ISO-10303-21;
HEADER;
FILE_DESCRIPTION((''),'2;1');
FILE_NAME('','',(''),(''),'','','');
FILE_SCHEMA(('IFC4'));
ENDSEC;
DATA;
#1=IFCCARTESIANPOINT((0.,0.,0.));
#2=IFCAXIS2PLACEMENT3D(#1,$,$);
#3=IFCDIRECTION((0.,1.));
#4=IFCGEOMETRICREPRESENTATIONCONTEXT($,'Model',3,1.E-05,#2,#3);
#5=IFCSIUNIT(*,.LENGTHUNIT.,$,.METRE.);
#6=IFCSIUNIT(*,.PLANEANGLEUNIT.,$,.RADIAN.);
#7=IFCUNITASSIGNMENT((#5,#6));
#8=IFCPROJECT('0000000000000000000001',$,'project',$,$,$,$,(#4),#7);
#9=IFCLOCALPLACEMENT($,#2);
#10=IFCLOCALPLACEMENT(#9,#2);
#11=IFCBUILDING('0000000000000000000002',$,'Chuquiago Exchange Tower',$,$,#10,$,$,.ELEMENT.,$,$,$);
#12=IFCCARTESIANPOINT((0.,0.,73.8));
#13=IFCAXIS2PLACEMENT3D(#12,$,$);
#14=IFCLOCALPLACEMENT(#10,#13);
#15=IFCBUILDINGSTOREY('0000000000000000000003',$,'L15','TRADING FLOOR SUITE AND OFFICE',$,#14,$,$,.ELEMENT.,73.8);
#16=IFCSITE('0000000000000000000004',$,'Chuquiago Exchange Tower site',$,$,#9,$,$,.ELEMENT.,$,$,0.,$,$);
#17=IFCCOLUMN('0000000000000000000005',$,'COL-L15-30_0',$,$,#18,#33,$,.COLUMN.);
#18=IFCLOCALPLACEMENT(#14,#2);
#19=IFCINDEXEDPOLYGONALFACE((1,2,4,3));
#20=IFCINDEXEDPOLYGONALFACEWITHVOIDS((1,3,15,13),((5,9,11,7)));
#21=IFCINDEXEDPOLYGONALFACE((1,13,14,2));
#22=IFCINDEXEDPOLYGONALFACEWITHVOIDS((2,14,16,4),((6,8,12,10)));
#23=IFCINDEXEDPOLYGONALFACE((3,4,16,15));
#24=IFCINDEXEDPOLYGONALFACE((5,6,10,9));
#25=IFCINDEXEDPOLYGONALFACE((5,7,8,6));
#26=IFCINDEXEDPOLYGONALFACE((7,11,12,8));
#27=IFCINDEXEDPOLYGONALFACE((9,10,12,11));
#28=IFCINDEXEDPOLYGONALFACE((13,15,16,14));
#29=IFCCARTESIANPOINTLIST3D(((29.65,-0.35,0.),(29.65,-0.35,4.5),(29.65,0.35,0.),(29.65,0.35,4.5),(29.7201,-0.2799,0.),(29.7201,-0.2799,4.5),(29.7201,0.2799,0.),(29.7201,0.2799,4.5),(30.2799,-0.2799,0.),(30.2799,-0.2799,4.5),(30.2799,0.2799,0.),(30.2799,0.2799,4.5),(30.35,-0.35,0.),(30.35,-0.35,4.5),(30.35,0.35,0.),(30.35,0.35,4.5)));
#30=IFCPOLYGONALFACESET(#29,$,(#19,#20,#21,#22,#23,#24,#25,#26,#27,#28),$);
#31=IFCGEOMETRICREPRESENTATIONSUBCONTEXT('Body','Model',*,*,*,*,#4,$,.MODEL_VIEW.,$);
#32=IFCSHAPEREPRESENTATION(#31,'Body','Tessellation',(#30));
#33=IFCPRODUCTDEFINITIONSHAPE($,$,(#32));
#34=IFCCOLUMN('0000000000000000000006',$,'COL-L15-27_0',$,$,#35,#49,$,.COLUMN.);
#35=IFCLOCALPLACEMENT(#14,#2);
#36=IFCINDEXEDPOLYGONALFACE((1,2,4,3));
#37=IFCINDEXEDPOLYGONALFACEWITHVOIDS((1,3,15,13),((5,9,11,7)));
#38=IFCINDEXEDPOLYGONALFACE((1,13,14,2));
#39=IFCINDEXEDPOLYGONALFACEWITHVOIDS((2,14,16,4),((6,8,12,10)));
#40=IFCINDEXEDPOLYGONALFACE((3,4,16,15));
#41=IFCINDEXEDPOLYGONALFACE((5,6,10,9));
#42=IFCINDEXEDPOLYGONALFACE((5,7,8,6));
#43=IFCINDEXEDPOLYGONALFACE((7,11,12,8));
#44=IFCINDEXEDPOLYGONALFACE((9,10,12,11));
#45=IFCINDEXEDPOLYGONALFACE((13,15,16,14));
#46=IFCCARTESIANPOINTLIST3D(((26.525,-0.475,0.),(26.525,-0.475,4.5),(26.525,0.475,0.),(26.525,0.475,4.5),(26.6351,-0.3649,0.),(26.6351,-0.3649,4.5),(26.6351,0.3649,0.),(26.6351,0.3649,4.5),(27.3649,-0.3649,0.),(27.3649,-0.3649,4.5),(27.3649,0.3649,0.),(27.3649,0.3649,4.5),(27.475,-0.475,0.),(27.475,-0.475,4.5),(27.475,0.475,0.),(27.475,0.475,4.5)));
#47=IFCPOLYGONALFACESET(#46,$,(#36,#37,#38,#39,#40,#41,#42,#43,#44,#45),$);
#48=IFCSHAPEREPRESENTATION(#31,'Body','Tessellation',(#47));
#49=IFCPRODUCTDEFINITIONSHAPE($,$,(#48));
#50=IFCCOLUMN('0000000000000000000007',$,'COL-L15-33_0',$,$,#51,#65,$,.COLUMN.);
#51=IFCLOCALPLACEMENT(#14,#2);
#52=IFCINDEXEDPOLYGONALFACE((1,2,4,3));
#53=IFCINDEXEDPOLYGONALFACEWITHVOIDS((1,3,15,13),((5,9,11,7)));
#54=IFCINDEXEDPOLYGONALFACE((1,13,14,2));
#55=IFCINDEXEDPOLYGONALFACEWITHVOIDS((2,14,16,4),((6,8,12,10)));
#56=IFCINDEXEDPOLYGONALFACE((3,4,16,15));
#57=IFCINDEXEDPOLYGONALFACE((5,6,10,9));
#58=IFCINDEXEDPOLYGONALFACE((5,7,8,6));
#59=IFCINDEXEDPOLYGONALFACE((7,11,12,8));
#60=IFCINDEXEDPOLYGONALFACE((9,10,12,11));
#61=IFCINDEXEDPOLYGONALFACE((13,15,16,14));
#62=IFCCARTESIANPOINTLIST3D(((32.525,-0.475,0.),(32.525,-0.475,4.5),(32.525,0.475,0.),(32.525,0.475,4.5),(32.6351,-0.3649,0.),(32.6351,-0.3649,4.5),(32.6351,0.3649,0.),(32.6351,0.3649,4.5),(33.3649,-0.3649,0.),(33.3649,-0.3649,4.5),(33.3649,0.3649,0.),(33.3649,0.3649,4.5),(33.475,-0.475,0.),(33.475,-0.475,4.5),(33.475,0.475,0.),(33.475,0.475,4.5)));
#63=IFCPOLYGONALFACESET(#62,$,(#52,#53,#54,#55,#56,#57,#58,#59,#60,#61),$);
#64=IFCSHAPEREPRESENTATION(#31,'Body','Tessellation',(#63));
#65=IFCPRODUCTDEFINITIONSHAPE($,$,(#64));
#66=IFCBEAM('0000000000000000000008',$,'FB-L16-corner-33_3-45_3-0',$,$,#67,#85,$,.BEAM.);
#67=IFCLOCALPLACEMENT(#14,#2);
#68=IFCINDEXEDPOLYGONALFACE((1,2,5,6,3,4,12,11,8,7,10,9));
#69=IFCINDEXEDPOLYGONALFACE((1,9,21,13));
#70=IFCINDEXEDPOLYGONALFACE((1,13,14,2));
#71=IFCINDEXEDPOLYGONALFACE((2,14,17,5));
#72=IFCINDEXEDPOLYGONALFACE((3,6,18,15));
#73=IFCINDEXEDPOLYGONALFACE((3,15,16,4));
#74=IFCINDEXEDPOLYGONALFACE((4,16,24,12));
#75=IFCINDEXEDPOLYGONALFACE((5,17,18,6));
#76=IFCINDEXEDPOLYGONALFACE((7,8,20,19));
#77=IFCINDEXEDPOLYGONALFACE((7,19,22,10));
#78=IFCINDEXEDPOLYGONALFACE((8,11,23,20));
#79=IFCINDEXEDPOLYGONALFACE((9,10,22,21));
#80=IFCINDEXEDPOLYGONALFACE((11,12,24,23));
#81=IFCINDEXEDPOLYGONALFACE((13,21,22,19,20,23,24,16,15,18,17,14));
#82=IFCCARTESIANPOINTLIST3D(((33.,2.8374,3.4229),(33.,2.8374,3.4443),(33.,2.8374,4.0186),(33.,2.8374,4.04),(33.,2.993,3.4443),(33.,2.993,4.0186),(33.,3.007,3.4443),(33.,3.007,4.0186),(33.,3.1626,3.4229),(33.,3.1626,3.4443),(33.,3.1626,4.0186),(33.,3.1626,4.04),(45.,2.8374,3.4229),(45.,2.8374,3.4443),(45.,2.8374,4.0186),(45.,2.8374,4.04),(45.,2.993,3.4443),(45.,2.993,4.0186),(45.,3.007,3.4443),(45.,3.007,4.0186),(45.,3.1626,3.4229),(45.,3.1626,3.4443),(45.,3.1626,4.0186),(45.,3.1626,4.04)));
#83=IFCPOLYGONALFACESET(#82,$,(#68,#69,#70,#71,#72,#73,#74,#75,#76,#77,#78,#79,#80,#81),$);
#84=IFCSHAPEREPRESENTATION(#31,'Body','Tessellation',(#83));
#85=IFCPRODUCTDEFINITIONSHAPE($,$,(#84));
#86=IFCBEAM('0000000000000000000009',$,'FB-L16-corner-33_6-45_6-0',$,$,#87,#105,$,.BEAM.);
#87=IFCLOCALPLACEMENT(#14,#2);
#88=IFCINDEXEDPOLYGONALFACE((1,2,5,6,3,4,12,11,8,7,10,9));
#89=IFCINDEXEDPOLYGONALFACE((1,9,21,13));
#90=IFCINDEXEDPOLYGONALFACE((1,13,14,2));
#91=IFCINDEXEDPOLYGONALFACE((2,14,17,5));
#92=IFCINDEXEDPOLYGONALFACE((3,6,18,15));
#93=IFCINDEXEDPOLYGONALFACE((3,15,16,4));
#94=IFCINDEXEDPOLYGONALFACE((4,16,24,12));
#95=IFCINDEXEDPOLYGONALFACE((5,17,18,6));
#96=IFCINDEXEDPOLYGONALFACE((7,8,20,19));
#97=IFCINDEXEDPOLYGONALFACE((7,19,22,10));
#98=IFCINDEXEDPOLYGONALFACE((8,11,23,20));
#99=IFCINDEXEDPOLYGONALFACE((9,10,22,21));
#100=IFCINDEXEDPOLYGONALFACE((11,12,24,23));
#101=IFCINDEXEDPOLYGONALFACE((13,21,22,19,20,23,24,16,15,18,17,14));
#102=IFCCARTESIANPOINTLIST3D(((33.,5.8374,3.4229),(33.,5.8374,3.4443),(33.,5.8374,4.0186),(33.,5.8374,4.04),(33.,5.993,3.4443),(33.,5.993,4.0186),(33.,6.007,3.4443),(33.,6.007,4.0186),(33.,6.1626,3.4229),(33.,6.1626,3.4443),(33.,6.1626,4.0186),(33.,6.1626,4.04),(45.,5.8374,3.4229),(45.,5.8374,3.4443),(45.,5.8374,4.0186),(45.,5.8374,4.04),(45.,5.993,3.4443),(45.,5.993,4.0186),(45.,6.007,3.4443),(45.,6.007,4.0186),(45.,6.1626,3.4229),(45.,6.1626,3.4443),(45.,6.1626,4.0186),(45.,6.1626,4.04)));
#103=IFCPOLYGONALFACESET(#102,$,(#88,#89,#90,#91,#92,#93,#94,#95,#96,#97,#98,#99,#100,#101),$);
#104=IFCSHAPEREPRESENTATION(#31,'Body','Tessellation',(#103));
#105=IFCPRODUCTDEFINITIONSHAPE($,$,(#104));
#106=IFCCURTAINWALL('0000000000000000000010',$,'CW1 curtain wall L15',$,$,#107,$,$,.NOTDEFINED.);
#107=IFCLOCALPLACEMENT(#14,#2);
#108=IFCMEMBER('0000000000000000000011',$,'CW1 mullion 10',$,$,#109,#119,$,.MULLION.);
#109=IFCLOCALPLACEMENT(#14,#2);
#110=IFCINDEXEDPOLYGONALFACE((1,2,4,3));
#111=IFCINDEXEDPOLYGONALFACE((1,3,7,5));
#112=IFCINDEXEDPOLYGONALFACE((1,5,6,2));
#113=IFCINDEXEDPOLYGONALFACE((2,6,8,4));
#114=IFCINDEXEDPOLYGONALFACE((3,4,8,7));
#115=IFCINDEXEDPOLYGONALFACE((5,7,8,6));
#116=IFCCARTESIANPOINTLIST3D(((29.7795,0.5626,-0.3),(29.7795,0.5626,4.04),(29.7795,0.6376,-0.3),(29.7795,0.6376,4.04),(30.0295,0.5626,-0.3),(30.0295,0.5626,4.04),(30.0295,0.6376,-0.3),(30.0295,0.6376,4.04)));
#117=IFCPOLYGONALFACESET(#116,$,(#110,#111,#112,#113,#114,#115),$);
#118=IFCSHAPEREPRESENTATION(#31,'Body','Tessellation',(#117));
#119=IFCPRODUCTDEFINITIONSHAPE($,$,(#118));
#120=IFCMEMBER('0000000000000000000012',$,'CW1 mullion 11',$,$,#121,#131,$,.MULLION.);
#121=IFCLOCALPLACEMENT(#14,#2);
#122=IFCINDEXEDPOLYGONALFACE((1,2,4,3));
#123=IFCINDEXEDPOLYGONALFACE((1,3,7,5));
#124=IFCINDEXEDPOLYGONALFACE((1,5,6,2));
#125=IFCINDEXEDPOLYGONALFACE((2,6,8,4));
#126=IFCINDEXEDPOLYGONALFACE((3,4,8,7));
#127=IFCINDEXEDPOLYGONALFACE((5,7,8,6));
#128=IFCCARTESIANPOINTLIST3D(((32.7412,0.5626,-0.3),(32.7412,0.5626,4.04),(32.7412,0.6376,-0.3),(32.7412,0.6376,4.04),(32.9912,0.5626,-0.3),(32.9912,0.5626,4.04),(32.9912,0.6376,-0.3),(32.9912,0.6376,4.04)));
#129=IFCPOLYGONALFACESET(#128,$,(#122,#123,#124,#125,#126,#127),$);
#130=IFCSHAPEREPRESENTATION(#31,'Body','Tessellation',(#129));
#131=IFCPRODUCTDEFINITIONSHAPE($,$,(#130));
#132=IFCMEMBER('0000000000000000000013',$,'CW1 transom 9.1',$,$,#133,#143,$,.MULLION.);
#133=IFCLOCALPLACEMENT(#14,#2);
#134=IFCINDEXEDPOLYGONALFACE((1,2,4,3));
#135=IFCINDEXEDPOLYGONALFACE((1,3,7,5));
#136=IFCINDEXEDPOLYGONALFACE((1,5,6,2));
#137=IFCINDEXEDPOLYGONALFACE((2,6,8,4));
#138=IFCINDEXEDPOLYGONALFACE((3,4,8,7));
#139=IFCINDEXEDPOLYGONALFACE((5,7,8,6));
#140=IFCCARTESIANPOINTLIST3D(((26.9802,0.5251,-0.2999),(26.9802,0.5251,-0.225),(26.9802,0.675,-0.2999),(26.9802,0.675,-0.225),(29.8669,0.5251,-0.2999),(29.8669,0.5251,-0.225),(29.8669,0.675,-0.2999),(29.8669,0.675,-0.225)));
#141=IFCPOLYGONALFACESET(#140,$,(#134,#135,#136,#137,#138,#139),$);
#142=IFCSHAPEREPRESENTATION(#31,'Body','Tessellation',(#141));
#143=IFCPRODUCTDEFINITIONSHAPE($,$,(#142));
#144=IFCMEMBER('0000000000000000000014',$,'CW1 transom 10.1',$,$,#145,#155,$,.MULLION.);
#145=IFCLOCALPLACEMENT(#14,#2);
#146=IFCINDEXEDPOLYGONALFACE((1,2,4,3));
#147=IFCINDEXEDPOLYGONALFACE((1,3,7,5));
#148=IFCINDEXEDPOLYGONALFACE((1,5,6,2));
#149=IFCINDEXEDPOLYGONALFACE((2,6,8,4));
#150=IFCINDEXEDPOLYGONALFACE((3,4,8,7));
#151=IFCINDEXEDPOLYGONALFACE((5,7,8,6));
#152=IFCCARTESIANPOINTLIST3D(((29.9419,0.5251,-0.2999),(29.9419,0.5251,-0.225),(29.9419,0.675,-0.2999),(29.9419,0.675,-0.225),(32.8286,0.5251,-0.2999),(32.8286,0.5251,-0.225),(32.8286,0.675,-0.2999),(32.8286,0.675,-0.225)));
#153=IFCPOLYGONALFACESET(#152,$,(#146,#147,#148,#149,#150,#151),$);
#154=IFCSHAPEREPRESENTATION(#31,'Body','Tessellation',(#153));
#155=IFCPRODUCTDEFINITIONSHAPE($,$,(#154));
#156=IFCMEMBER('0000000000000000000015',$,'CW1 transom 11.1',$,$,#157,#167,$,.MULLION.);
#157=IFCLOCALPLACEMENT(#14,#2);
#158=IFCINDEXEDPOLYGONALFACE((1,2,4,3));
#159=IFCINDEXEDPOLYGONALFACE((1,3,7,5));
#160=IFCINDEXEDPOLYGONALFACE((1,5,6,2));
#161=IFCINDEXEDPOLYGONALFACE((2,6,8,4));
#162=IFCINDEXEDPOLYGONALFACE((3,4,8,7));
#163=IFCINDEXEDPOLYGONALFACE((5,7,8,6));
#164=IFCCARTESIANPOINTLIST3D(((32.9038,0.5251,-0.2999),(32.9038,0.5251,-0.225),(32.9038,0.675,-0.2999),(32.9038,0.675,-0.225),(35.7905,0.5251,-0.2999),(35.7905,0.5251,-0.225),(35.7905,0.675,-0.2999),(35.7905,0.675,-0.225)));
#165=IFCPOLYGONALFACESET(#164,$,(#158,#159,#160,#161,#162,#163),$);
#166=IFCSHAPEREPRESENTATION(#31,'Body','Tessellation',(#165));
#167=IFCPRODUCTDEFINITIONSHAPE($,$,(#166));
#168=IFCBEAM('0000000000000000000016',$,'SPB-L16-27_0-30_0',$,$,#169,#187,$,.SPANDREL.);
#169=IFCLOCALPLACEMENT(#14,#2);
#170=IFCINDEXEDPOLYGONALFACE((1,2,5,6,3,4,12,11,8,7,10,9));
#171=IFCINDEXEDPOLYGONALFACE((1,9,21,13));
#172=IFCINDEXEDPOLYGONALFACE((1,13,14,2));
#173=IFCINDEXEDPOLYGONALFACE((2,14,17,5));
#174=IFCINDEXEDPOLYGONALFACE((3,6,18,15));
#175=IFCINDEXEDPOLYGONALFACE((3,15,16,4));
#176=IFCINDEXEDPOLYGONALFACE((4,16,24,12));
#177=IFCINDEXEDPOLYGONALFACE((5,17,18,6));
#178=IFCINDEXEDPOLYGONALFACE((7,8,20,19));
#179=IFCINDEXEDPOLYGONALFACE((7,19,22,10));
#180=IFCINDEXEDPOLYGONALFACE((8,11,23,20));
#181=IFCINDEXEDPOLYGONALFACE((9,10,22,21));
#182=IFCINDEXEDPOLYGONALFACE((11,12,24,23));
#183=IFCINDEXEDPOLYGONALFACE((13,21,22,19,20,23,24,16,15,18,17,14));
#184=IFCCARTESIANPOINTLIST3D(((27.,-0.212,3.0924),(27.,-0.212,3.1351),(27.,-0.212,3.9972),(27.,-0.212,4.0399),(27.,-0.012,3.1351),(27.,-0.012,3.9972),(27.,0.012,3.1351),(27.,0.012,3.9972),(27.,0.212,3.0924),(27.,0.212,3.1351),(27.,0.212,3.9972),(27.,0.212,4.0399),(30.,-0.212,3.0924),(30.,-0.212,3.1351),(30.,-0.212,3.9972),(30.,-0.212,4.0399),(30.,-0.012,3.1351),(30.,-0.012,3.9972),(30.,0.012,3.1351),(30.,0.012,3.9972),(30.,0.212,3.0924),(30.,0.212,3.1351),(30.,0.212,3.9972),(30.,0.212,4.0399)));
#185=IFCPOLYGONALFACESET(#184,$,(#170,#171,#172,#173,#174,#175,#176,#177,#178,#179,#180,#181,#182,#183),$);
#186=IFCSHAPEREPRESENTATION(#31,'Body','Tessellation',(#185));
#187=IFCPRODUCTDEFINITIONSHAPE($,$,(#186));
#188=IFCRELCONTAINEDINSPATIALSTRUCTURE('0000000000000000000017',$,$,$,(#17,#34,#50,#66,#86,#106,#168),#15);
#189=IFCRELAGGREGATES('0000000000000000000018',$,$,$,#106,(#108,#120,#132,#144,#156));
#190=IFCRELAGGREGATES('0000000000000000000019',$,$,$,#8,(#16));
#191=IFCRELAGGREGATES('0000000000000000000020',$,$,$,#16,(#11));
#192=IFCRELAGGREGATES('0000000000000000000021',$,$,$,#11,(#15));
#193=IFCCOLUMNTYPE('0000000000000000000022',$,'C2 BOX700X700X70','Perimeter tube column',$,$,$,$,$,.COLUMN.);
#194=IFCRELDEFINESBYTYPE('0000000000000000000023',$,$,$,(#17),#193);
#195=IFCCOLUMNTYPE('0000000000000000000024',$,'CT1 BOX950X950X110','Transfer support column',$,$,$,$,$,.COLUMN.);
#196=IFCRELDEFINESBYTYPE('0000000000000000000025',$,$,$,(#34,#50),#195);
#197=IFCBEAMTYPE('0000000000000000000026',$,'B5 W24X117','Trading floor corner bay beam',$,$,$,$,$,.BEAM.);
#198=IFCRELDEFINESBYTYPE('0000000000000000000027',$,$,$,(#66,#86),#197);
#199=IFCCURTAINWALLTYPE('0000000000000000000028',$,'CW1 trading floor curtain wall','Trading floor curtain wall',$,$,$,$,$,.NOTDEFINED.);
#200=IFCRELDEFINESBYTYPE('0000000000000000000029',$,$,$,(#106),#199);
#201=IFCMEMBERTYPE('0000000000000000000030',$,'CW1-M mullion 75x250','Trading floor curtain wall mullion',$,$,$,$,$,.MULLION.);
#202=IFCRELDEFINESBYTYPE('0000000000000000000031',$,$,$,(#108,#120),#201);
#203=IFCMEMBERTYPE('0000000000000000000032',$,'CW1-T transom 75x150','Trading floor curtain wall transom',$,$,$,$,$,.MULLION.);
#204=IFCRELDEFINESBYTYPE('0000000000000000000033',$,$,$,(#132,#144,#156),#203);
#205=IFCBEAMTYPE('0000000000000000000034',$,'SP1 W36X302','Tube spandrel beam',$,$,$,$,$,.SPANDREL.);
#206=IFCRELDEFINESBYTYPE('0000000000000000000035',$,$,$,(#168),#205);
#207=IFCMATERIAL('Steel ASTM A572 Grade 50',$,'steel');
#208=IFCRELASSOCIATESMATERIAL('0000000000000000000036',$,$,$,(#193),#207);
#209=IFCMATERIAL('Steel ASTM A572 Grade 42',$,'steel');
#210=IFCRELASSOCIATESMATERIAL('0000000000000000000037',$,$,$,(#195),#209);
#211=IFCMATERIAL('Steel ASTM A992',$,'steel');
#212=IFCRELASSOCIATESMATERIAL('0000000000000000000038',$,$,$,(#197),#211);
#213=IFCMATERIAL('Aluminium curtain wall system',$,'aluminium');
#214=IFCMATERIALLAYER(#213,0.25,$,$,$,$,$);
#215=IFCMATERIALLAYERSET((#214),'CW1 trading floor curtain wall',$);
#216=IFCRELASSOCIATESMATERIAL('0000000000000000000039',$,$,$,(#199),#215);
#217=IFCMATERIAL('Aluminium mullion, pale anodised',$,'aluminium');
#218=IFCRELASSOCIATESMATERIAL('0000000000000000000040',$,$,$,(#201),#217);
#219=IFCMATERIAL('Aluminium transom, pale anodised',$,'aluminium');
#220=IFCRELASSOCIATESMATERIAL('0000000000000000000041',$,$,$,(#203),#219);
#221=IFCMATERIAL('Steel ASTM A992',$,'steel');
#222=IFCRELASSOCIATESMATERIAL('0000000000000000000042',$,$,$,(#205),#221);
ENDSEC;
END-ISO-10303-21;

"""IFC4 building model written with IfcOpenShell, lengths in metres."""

from ifc_helpers import new_model, si_unit, direction, frame, origin, origin_2d, place, context, subcontext, project, spatial, rectangle, hollow_rectangle, i_section, extrude, material, layer, layer_set, material_profile, profile_set, type_object, element, aggregate, save


model = new_model("IFC4")

# Units and contexts
model_context = context("Model", 3, precision=1e-05, world=origin(), true_north=direction((0.0, 1.0)))
body_context = subcontext(model_context, "Body", "Model", "MODEL_VIEW")
ifc_project = project(units=[si_unit("LENGTHUNIT", "METRE"), si_unit("PLANEANGLEUNIT", "RADIAN")], contexts=[model_context])

# Site, building, storey
site_placement = place(None, origin())
site = spatial("IfcSite", under=ifc_project, at=site_placement, Name="Chuquiago Exchange Tower site", CompositionType="ELEMENT", RefElevation=0.0)
building_placement = place(site_placement, origin())
building = spatial("IfcBuilding", under=site, at=building_placement, Name="Chuquiago Exchange Tower", CompositionType="ELEMENT")
storey_placement = place(building_placement, frame((0.0, 0.0, 73.8)))
storey = spatial("IfcBuildingStorey", under=building, at=storey_placement, Name="L15", Description="TRADING FLOOR SUITE AND OFFICE", CompositionType="ELEMENT", Elevation=73.8)

# Columns
ifc_material_1 = material(Name="Steel ASTM A572 Grade 50", Category="steel")
ifc_material_profile_1 = material_profile(ifc_material_1, hollow_rectangle(XDim=0.7, YDim=0.7, WallThickness=0.0701, at=origin_2d()), Name="BOX700X700X70")
ifc_profile_set_1 = profile_set([ifc_material_profile_1], Name="Steel ASTM A572 Grade 50")
column_type_1 = type_object("IfcColumnType", Name="C2 BOX700X700X70", Description="Perimeter tube column", PredefinedType="COLUMN", material=ifc_profile_set_1)
column_placement = place(storey_placement, frame((30.0, 0.0, 0.0), z_axis=(0.0, 0.0, 1.0), x_axis=(0.0, -1.0, 0.0)))
element("IfcColumn", 1, at=column_placement, inside=storey, type_object=column_type_1, Name="COL-L15-30_0", PredefinedType="COLUMN", context=body_context, shape_type="SweptSolid", body=[
    extrude(hollow_rectangle(XDim=0.7, YDim=0.7, WallThickness=0.0701, at=origin_2d()), origin(), (0.0, 0.0, 1.0), 4.5),
])
ifc_material_2 = material(Name="Steel ASTM A572 Grade 42", Category="steel")
ifc_material_profile_2 = material_profile(ifc_material_2, hollow_rectangle(XDim=0.95, YDim=0.95, WallThickness=0.1101, at=origin_2d()), Name="BOX950X950X110")
ifc_profile_set_2 = profile_set([ifc_material_profile_2], Name="Steel ASTM A572 Grade 42")
column_type_2 = type_object("IfcColumnType", Name="CT1 BOX950X950X110", Description="Transfer support column", PredefinedType="COLUMN", material=ifc_profile_set_2)
for number, where, z_axis, x_axis, name in (
    (2, (27.0, 0.0, 0.0), (0.0, 0.0, 1.0), (0.0, -1.0, 0.0), "COL-L15-27_0"),
    (3, (33.0, 0.0, 0.0), (0.0, 0.0, 1.0), (0.0, -1.0, 0.0), "COL-L15-33_0"),
):
    element("IfcColumn", number, at=place(storey_placement, frame(where, z_axis=z_axis, x_axis=x_axis)), inside=storey, type_object=column_type_2, Name=name, PredefinedType="COLUMN", context=body_context, shape_type="SweptSolid", body=[
        extrude(hollow_rectangle(XDim=0.95, YDim=0.95, WallThickness=0.1101, at=origin_2d()), origin(), (0.0, 0.0, 1.0), 4.5),
    ])

# Beams
ifc_material_3 = material(Name="Steel ASTM A992", Category="steel")
ifc_material_profile_3 = material_profile(ifc_material_3, i_section(OverallWidth=0.3252, OverallDepth=0.6172, WebThickness=0.0139, FlangeThickness=0.0215, at=origin_2d()), Name="W24X117")
ifc_profile_set_3 = profile_set([ifc_material_profile_3], Name="Steel ASTM A992")
beam_type_1 = type_object("IfcBeamType", Name="B5 W24X117", Description="Trading floor corner bay beam", PredefinedType="BEAM", material=ifc_profile_set_3)
for number, where, z_axis, x_axis, name in (
    (4, (33.0, 3.0, 3.7314), (1.0, 0.0, 0.0), (0.0, 1.0, 0.0), "FB-L16-corner-33_3-45_3-0"),
    (5, (33.0, 6.0, 3.7314), (1.0, 0.0, 0.0), (0.0, 1.0, 0.0), "FB-L16-corner-33_6-45_6-0"),
):
    element("IfcBeam", number, at=place(storey_placement, frame(where, z_axis=z_axis, x_axis=x_axis)), inside=storey, type_object=beam_type_1, Name=name, PredefinedType="BEAM", context=body_context, shape_type="SweptSolid", body=[
        extrude(i_section(OverallWidth=0.3252, OverallDepth=0.6172, WebThickness=0.0139, FlangeThickness=0.0215, at=origin_2d()), origin(), (0.0, 0.0, 1.0), 12.0),
    ])

# Curtain wall, members
ifc_material_4 = material(Name="Aluminium curtain wall system", Category="aluminium")
ifc_layer_1 = layer(ifc_material_4, 0.25)
ifc_layer_set_1 = layer_set([ifc_layer_1], Name="CW1 trading floor curtain wall")
curtain_wall_type = type_object("IfcCurtainWallType", Name="CW1 trading floor curtain wall", Description="Trading floor curtain wall", PredefinedType="NOTDEFINED", material=ifc_layer_set_1)
curtain_wall_placement = place(storey_placement, origin())
curtain_wall = element("IfcCurtainWall", 6, at=curtain_wall_placement, inside=storey, type_object=curtain_wall_type, Name="CW1 curtain wall L15", PredefinedType="NOTDEFINED")
ifc_material_5 = material(Name="Aluminium mullion, pale anodised", Category="aluminium")
ifc_material_profile_4 = material_profile(ifc_material_5, rectangle(XDim=0.075, YDim=0.25, at=origin_2d()), Name="AL 75x250")
ifc_profile_set_4 = profile_set([ifc_material_profile_4], Name="Aluminium mullion, pale anodised")
member_type_1 = type_object("IfcMemberType", Name="CW1-M mullion 75x250", Description="Trading floor curtain wall mullion", PredefinedType="MULLION", material=ifc_profile_set_4)
member_1_placement = place(storey_placement, frame((29.9045, 0.6001, -0.3), z_axis=(0.0, 0.0, 1.0), x_axis=(0.0, 1.0, 0.0)))
member_1 = element("IfcMember", 7, at=member_1_placement, type_object=member_type_1, Name="CW1 mullion 10", PredefinedType="MULLION", context=body_context, shape_type="SweptSolid", body=[
    extrude(rectangle(XDim=0.075, YDim=0.25, at=origin_2d()), origin(), (0.0, 0.0, 1.0), 4.3401),
])
member_2_placement = place(storey_placement, frame((32.8662, 0.6001, -0.3), z_axis=(0.0, 0.0, 1.0), x_axis=(0.0, 1.0, 0.0)))
member_2 = element("IfcMember", 8, at=member_2_placement, type_object=member_type_1, Name="CW1 mullion 11", PredefinedType="MULLION", context=body_context, shape_type="SweptSolid", body=[
    extrude(rectangle(XDim=0.075, YDim=0.25, at=origin_2d()), origin(), (0.0, 0.0, 1.0), 4.3401),
])
ifc_material_6 = material(Name="Aluminium transom, pale anodised", Category="aluminium")
ifc_material_profile_5 = material_profile(ifc_material_6, rectangle(XDim=0.1499, YDim=0.075, at=origin_2d()), Name="AL 150x75")
ifc_profile_set_5 = profile_set([ifc_material_profile_5], Name="Aluminium transom, pale anodised")
member_type_2 = type_object("IfcMemberType", Name="CW1-T transom 75x150", Description="Trading floor curtain wall transom", PredefinedType="MULLION", material=ifc_profile_set_5)
member_3_placement = place(storey_placement, frame((26.9802, 0.6001, -0.2625), z_axis=(1.0, 0.0, 0.0), x_axis=(0.0, 1.0, 0.0)))
member_3 = element("IfcMember", 9, at=member_3_placement, type_object=member_type_2, Name="CW1 transom 9.1", PredefinedType="MULLION", context=body_context, shape_type="SweptSolid", body=[
    extrude(rectangle(XDim=0.1499, YDim=0.075, at=origin_2d()), origin(), (0.0, 0.0, 1.0), 2.8867),
])
member_4_placement = place(storey_placement, frame((29.9419, 0.6001, -0.2625), z_axis=(1.0, 0.0, 0.0), x_axis=(0.0, 1.0, 0.0)))
member_4 = element("IfcMember", 10, at=member_4_placement, type_object=member_type_2, Name="CW1 transom 10.1", PredefinedType="MULLION", context=body_context, shape_type="SweptSolid", body=[
    extrude(rectangle(XDim=0.1499, YDim=0.075, at=origin_2d()), origin(), (0.0, 0.0, 1.0), 2.8867),
])
member_5_placement = place(storey_placement, frame((32.9038, 0.6001, -0.2625), z_axis=(1.0, 0.0, 0.0), x_axis=(0.0, 1.0, 0.0)))
member_5 = element("IfcMember", 11, at=member_5_placement, type_object=member_type_2, Name="CW1 transom 11.1", PredefinedType="MULLION", context=body_context, shape_type="SweptSolid", body=[
    extrude(rectangle(XDim=0.1499, YDim=0.075, at=origin_2d()), origin(), (0.0, 0.0, 1.0), 2.8867),
])

# Beam
ifc_material_7 = material(Name="Steel ASTM A992", Category="steel")
ifc_material_profile_6 = material_profile(ifc_material_7, i_section(OverallWidth=0.4241, OverallDepth=0.9475, WebThickness=0.0239, FlangeThickness=0.0427, at=origin_2d()), Name="W36X302")
ifc_profile_set_6 = profile_set([ifc_material_profile_6], Name="Steel ASTM A992")
beam_type_2 = type_object("IfcBeamType", Name="SP1 W36X302", Description="Tube spandrel beam", PredefinedType="SPANDREL", material=ifc_profile_set_6)
for number, where, z_axis, x_axis, name in (
    (12, (27.0, 0.0, 3.5662), (1.0, 0.0, 0.0), (0.0, 1.0, 0.0), "SPB-L16-27_0-30_0"),
):
    element("IfcBeam", number, at=place(storey_placement, frame(where, z_axis=z_axis, x_axis=x_axis)), inside=storey, type_object=beam_type_2, Name=name, PredefinedType="SPANDREL", context=body_context, shape_type="SweptSolid", body=[
        extrude(i_section(OverallWidth=0.4241, OverallDepth=0.9475, WebThickness=0.0239, FlangeThickness=0.0427, at=origin_2d()), origin(), (0.0, 0.0, 1.0), 3.0),
    ])

aggregate(curtain_wall, [member_1, member_2, member_3, member_4, member_5])

save(model, "model.ifc")
